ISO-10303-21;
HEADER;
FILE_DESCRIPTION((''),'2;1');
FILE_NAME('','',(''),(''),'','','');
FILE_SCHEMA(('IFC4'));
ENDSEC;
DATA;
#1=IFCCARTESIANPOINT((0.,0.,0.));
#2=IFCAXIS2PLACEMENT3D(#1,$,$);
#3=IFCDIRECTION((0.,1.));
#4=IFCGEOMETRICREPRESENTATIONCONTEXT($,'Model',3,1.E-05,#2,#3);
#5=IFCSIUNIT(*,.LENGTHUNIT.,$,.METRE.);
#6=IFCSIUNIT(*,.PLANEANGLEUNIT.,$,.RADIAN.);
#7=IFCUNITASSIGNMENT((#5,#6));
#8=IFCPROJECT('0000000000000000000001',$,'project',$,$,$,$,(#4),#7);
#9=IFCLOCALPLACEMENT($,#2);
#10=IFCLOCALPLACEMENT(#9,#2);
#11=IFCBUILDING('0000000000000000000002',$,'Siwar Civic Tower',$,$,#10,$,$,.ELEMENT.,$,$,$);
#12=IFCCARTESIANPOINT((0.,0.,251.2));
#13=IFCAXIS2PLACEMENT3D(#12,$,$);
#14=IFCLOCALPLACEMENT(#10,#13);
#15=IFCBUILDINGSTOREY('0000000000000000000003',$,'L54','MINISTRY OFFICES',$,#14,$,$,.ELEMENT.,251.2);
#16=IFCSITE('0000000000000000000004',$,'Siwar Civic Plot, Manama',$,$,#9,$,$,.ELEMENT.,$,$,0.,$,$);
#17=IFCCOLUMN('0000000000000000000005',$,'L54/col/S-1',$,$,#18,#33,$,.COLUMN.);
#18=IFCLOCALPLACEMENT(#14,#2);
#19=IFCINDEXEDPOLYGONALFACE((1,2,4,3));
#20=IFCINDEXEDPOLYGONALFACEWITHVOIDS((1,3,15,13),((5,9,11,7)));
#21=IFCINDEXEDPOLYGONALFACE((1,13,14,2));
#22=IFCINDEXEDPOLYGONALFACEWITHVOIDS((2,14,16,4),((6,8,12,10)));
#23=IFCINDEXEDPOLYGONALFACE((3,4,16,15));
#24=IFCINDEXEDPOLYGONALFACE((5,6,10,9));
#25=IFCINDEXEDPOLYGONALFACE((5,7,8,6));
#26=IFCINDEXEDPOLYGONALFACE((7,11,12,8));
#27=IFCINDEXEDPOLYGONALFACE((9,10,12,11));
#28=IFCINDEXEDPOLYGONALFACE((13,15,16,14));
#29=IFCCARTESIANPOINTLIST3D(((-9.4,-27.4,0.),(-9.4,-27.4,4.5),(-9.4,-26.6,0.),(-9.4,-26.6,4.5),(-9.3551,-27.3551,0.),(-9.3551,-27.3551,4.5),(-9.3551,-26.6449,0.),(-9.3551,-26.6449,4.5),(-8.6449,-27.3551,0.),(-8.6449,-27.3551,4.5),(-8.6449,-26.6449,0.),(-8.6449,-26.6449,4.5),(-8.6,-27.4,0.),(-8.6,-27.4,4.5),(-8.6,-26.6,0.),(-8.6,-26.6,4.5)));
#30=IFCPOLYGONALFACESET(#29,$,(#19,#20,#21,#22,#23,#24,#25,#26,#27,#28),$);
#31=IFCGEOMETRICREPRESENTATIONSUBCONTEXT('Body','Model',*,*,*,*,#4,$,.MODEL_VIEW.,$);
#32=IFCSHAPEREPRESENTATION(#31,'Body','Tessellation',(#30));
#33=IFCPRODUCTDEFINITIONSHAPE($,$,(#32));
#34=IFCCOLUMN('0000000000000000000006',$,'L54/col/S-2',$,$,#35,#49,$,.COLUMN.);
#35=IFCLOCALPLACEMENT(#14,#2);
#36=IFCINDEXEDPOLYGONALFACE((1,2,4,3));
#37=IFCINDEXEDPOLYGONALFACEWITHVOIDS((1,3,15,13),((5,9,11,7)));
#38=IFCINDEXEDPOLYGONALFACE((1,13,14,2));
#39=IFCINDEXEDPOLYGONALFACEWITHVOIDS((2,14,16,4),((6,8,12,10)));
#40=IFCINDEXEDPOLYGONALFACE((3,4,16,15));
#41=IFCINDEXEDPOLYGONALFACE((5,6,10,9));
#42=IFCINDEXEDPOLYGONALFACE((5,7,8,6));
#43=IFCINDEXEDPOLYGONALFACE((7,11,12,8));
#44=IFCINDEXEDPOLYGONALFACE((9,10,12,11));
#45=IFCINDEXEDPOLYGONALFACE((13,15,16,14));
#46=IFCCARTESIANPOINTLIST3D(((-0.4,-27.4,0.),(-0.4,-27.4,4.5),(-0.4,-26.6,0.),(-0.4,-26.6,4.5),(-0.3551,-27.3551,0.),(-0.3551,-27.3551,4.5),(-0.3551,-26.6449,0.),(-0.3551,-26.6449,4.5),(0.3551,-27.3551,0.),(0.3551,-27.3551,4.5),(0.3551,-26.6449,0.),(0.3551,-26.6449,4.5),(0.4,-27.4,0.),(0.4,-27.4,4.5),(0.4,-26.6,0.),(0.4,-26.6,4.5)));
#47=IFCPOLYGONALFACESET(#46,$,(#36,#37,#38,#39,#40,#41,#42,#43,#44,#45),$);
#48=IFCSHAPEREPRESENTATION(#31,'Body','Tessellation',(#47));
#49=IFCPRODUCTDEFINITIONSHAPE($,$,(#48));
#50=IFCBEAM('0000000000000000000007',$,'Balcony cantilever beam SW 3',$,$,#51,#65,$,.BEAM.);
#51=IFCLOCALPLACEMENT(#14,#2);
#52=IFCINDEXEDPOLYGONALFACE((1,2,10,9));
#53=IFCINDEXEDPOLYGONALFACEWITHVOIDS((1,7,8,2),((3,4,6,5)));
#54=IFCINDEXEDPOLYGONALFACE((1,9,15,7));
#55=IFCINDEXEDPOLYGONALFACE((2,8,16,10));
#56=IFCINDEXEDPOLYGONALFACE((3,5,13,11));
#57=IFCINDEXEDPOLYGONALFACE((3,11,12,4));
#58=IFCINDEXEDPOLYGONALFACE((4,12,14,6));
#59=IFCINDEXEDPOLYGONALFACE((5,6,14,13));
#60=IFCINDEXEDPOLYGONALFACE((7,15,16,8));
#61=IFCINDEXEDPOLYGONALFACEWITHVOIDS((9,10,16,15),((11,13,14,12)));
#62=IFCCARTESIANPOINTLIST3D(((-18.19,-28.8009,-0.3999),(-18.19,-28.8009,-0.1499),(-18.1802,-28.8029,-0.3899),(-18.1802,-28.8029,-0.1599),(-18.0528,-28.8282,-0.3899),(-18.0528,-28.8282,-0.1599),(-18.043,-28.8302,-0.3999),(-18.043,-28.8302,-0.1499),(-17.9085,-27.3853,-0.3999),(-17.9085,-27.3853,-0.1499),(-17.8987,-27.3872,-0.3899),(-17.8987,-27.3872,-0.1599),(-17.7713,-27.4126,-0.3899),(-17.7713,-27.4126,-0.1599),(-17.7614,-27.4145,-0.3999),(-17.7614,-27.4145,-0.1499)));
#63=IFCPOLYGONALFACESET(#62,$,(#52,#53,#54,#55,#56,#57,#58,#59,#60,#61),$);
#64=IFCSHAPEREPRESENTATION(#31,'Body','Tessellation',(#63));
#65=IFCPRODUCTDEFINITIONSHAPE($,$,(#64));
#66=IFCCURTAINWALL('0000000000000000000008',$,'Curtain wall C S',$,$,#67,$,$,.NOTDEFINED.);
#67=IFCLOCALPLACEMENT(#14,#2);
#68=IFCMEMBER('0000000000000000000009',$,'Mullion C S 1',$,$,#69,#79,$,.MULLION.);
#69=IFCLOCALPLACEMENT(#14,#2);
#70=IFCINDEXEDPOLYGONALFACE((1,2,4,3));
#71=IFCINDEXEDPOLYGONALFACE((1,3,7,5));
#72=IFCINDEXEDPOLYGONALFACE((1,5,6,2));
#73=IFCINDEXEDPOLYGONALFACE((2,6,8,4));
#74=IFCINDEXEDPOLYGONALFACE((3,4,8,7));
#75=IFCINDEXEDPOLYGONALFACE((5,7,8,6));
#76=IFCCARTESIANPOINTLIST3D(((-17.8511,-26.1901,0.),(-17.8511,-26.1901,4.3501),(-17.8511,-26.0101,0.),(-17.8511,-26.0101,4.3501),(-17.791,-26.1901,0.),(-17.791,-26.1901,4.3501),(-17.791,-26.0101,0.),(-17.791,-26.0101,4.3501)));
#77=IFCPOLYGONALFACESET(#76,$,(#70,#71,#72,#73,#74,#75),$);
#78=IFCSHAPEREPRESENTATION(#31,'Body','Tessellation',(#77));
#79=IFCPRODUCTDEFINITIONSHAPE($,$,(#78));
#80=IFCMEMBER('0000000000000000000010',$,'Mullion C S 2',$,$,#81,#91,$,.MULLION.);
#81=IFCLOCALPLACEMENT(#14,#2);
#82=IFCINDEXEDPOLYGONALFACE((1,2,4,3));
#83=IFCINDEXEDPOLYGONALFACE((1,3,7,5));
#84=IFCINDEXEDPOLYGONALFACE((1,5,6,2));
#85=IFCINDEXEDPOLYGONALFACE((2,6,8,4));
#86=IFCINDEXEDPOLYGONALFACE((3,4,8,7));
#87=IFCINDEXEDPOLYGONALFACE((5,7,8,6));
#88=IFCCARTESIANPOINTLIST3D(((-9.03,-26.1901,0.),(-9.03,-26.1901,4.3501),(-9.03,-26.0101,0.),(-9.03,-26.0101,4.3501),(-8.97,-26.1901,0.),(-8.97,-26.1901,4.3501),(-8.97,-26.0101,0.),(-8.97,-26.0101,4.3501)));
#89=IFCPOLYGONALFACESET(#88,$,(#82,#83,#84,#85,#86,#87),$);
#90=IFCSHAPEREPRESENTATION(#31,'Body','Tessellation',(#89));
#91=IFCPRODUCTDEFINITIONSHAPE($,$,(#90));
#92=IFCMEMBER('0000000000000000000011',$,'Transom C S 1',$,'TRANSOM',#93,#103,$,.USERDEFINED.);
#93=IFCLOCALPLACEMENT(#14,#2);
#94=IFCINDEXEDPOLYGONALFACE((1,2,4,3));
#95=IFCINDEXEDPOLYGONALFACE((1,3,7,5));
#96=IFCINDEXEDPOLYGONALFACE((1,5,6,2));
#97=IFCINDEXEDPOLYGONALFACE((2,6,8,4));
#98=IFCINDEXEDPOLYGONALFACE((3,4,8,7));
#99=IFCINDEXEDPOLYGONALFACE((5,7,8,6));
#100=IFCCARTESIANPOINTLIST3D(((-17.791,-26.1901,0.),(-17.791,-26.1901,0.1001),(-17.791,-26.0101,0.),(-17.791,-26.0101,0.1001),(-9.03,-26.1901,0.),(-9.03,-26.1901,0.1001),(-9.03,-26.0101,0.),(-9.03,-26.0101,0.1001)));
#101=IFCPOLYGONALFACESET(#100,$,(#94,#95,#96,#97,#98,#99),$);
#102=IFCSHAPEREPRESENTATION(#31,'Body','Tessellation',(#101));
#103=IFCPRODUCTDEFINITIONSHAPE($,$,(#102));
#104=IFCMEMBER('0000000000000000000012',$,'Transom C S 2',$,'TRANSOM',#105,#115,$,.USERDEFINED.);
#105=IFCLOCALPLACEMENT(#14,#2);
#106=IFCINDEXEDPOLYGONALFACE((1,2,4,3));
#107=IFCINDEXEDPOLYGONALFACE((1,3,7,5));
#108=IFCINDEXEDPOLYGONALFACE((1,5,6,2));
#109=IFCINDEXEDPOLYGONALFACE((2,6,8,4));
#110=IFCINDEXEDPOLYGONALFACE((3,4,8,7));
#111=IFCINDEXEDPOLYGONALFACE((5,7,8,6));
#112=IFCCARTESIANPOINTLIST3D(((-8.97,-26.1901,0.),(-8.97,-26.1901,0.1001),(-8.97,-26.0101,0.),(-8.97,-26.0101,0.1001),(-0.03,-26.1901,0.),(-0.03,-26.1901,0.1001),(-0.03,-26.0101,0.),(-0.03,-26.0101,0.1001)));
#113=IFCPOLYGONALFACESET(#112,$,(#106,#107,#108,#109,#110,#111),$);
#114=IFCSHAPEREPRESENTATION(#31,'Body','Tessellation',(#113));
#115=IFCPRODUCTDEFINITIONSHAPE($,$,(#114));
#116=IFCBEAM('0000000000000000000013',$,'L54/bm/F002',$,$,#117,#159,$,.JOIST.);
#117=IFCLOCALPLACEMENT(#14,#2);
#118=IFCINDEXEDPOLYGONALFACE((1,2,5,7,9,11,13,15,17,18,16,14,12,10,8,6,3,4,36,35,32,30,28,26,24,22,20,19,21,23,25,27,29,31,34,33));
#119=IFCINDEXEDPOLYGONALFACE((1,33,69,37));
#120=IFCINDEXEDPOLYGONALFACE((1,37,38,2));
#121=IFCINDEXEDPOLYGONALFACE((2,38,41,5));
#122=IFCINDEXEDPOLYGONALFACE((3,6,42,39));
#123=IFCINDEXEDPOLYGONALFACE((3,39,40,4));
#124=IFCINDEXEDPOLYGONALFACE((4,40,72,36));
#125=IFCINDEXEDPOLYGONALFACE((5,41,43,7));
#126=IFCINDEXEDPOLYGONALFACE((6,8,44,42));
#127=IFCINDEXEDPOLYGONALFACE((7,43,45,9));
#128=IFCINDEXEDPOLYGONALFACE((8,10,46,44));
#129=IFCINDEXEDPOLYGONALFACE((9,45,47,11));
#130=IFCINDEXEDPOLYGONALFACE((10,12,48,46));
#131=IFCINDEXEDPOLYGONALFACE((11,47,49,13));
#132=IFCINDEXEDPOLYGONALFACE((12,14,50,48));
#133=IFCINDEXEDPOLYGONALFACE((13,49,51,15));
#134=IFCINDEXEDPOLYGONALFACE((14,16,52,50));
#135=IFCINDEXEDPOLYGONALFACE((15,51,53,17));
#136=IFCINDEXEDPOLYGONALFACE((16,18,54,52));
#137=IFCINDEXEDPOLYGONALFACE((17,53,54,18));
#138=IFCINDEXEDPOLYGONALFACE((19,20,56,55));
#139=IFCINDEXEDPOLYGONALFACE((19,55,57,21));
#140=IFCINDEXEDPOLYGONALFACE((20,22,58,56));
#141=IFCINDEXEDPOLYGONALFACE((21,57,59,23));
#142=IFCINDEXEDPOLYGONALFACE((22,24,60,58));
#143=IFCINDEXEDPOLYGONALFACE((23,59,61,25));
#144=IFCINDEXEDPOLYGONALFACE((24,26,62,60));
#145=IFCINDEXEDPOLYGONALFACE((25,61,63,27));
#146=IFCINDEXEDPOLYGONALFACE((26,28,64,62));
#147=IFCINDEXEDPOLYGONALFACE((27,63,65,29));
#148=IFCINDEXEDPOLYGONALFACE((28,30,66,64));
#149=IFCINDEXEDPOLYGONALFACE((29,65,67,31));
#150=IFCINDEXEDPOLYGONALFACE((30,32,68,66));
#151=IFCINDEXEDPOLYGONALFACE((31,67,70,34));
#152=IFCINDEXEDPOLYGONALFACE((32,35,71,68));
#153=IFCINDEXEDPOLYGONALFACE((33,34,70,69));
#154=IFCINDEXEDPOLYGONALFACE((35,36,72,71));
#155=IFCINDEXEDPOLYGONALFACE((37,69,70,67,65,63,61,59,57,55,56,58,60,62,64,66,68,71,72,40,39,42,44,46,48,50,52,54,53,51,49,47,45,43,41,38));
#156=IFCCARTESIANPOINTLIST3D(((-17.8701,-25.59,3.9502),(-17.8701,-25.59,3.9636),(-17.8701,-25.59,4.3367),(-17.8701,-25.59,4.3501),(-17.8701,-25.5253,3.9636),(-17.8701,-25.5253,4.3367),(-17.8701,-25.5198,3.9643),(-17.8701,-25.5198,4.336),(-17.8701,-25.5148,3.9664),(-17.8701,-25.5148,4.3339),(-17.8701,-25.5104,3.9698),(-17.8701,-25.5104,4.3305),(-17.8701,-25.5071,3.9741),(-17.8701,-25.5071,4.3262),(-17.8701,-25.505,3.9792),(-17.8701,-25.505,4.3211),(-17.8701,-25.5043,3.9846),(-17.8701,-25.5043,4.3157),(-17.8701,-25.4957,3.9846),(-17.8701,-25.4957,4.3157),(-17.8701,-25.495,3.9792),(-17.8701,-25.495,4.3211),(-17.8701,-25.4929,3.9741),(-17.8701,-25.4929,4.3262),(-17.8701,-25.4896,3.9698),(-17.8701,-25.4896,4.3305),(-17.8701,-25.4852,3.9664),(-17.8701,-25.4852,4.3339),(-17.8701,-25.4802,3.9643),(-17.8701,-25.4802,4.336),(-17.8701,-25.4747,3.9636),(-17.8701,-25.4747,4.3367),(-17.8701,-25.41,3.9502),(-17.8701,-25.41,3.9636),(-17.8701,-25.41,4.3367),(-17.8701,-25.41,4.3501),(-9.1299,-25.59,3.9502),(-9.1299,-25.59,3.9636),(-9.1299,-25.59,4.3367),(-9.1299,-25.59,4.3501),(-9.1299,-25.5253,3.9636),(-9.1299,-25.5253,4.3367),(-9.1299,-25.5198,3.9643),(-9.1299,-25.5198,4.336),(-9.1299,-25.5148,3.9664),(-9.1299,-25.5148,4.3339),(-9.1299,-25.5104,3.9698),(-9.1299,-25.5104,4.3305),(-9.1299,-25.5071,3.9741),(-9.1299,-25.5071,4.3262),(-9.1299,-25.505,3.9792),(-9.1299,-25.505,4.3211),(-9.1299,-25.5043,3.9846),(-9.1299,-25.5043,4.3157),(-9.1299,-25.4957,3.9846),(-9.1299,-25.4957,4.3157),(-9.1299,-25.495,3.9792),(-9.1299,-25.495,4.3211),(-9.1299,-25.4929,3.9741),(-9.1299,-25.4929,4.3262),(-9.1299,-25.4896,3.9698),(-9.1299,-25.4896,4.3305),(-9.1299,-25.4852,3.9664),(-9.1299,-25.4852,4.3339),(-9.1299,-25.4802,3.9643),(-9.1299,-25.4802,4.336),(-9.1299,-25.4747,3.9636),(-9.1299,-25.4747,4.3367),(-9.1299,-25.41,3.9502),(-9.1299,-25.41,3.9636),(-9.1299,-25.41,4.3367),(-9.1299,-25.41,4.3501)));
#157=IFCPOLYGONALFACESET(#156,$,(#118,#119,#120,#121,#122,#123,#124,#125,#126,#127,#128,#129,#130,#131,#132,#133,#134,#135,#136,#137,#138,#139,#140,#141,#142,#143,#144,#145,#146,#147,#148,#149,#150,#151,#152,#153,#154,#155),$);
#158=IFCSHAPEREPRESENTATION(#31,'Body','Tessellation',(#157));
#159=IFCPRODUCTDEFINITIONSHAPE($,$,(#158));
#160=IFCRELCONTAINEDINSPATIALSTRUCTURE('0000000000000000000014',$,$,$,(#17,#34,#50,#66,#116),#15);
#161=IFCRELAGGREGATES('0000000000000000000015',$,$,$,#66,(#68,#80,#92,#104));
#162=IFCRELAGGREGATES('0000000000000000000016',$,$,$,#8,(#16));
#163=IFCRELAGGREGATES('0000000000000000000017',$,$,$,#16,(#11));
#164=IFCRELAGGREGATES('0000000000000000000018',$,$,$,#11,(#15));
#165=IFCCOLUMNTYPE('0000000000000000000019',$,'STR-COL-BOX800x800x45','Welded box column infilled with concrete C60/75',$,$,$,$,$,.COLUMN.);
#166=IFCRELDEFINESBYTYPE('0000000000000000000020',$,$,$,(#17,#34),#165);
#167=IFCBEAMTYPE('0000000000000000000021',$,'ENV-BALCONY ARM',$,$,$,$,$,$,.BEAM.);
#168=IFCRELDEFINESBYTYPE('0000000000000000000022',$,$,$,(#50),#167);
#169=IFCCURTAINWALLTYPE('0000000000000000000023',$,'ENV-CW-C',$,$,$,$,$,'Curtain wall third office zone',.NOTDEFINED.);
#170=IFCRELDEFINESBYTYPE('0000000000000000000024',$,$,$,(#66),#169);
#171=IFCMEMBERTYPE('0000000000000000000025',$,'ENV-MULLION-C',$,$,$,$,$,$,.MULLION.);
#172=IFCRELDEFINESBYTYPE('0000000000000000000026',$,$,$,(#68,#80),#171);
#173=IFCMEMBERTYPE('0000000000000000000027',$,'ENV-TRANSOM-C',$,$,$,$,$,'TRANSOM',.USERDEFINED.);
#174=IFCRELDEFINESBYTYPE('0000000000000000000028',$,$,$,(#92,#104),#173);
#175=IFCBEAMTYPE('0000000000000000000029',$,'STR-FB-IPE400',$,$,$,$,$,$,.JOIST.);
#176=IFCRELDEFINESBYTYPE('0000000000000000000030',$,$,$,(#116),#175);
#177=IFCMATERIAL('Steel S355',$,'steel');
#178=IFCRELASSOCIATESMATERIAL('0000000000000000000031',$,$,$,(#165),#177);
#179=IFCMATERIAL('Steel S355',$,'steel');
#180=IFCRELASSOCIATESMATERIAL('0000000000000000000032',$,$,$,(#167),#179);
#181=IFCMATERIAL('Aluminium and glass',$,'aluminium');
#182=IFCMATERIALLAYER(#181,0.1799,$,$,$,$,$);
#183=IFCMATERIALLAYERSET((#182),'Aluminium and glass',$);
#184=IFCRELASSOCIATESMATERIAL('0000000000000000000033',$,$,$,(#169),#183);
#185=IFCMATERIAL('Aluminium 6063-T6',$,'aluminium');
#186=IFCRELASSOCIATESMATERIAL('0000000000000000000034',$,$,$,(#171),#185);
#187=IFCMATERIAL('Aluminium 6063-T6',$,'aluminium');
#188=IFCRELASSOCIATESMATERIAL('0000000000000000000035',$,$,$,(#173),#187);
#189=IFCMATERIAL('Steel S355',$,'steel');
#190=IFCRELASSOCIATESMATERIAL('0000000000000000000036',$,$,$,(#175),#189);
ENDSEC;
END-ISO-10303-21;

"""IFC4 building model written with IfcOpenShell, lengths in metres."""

from ifc_helpers import new_model, si_unit, direction, frame, origin, origin_2d, place, context, subcontext, project, spatial, rectangle, hollow_rectangle, i_section, extrude, material, layer, layer_set, material_profile, profile_set, type_object, element, aggregate, save


model = new_model("IFC4")

# Units and contexts
model_context = context("Model", 3, precision=1e-05, world=origin(), true_north=direction((0.0, 1.0)))
body_context = subcontext(model_context, "Body", "Model", "MODEL_VIEW")
ifc_project = project(units=[si_unit("LENGTHUNIT", "METRE"), si_unit("PLANEANGLEUNIT", "RADIAN")], contexts=[model_context])

# Site, building, storey
site_placement = place(None, origin())
site = spatial("IfcSite", under=ifc_project, at=site_placement, Name="Siwar Civic Plot, Manama", CompositionType="ELEMENT", RefElevation=0.0)
building_placement = place(site_placement, origin())
building = spatial("IfcBuilding", under=site, at=building_placement, Name="Siwar Civic Tower", CompositionType="ELEMENT")
storey_placement = place(building_placement, frame((0.0, 0.0, 251.2)))
storey = spatial("IfcBuildingStorey", under=building, at=storey_placement, Name="L54", Description="MINISTRY OFFICES", CompositionType="ELEMENT", Elevation=251.2)

# Columns
ifc_material_1 = material(Name="Steel S355", Category="steel")
ifc_material_profile_1 = material_profile(ifc_material_1, hollow_rectangle(XDim=0.8, YDim=0.8, WallThickness=0.0449, at=origin_2d()), Name="BOX800x800x45")
ifc_profile_set_1 = profile_set([ifc_material_profile_1], Name="Steel S355")
column_type = type_object("IfcColumnType", Name="STR-COL-BOX800x800x45", Description="Welded box column infilled with concrete C60/75", PredefinedType="COLUMN", material=ifc_profile_set_1)
for number, where, z_axis, x_axis, name in (
    (1, (-9.0, -27.0, 0.0), (0.0, 0.0, 1.0), (1.0, 0.0, 0.0), "L54/col/S-1"),
    (2, (0.0, -27.0, 0.0), (0.0, 0.0, 1.0), (1.0, 0.0, 0.0), "L54/col/S-2"),
):
    element("IfcColumn", number, at=place(storey_placement, frame(where, z_axis=z_axis, x_axis=x_axis)), inside=storey, type_object=column_type, Name=name, PredefinedType="COLUMN", context=body_context, shape_type="SweptSolid", body=[
        extrude(hollow_rectangle(XDim=0.8, YDim=0.8, WallThickness=0.0449, at=origin_2d()), origin(), (0.0, 0.0, 1.0), 4.5),
    ])

# Beam
ifc_material_2 = material(Name="Steel S355", Category="steel")
ifc_material_profile_2 = material_profile(ifc_material_2, hollow_rectangle(XDim=0.1499, YDim=0.25, WallThickness=0.01, at=origin_2d()), Name="RHS250x150x10")
ifc_profile_set_2 = profile_set([ifc_material_profile_2], Name="Steel S355")
beam_type_1 = type_object("IfcBeamType", Name="ENV-BALCONY ARM", PredefinedType="BEAM", material=ifc_profile_set_2)
beam_1_placement = place(storey_placement, frame((-17.835, -27.3999, -0.2749), z_axis=(-0.195042, -0.980795, 0.0), x_axis=(0.980795, -0.195042, 0.0)))
element("IfcBeam", 3, at=beam_1_placement, inside=storey, type_object=beam_type_1, Name="Balcony cantilever beam SW 3", PredefinedType="BEAM", context=body_context, shape_type="SweptSolid", body=[
    extrude(hollow_rectangle(XDim=0.1499, YDim=0.25, WallThickness=0.01, at=origin_2d()), origin(), (0.0, 0.0, 1.0), 1.4434),
])

# Curtain wall, members
ifc_material_3 = material(Name="Aluminium and glass", Category="aluminium")
ifc_layer_1 = layer(ifc_material_3, 0.1799)
ifc_layer_set_1 = layer_set([ifc_layer_1], Name="Aluminium and glass")
curtain_wall_type = type_object("IfcCurtainWallType", Name="ENV-CW-C", ElementType="Curtain wall third office zone", PredefinedType="NOTDEFINED", material=ifc_layer_set_1)
curtain_wall_placement = place(storey_placement, origin())
curtain_wall = element("IfcCurtainWall", 4, at=curtain_wall_placement, inside=storey, type_object=curtain_wall_type, Name="Curtain wall C S", PredefinedType="NOTDEFINED")
ifc_material_4 = material(Name="Aluminium 6063-T6", Category="aluminium")
ifc_material_profile_3 = material_profile(ifc_material_4, rectangle(XDim=0.1799, YDim=0.0601, at=origin_2d()), Name="AL 180x60")
ifc_profile_set_3 = profile_set([ifc_material_profile_3], Name="Aluminium 6063-T6")
member_type_1 = type_object("IfcMemberType", Name="ENV-MULLION-C", PredefinedType="MULLION", material=ifc_profile_set_3)
member_1_placement = place(storey_placement, frame((-17.821, -26.1001, 0.0), z_axis=(0.0, 0.0, 1.0), x_axis=(0.0, 1.0, 0.0)))
member_1 = element("IfcMember", 5, at=member_1_placement, type_object=member_type_1, Name="Mullion C S 1", PredefinedType="MULLION", context=body_context, shape_type="SweptSolid", body=[
    extrude(rectangle(XDim=0.1799, YDim=0.0601, at=origin_2d()), origin(), (0.0, 0.0, 1.0), 4.3501),
])
member_2_placement = place(storey_placement, frame((-9.0, -26.1001, 0.0), z_axis=(0.0, 0.0, 1.0), x_axis=(0.0, 1.0, 0.0)))
member_2 = element("IfcMember", 6, at=member_2_placement, type_object=member_type_1, Name="Mullion C S 2", PredefinedType="MULLION", context=body_context, shape_type="SweptSolid", body=[
    extrude(rectangle(XDim=0.1799, YDim=0.0601, at=origin_2d()), origin(), (0.0, 0.0, 1.0), 4.3501),
])
ifc_material_5 = material(Name="Aluminium 6063-T6", Category="aluminium")
ifc_material_profile_4 = material_profile(ifc_material_5, rectangle(XDim=0.1799, YDim=0.1001, at=origin_2d()), Name="AL 180x100")
ifc_profile_set_4 = profile_set([ifc_material_profile_4], Name="Aluminium 6063-T6")
member_type_2 = type_object("IfcMemberType", Name="ENV-TRANSOM-C", ElementType="TRANSOM", PredefinedType="USERDEFINED", material=ifc_profile_set_4)
member_3_placement = place(storey_placement, frame((-17.791, -26.1001, 0.05), z_axis=(1.0, 0.0, 0.0), x_axis=(0.0, 1.0, 0.0)))
member_3 = element("IfcMember", 7, at=member_3_placement, type_object=member_type_2, Name="Transom C S 1", ObjectType="TRANSOM", PredefinedType="USERDEFINED", context=body_context, shape_type="SweptSolid", body=[
    extrude(rectangle(XDim=0.1799, YDim=0.1001, at=origin_2d()), origin(), (0.0, 0.0, 1.0), 8.761),
])
member_4_placement = place(storey_placement, frame((-8.97, -26.1001, 0.05), z_axis=(1.0, 0.0, 0.0), x_axis=(0.0, 1.0, 0.0)))
member_4 = element("IfcMember", 8, at=member_4_placement, type_object=member_type_2, Name="Transom C S 2", ObjectType="TRANSOM", PredefinedType="USERDEFINED", context=body_context, shape_type="SweptSolid", body=[
    extrude(rectangle(XDim=0.1799, YDim=0.1001, at=origin_2d()), origin(), (0.0, 0.0, 1.0), 8.9399),
])

# Beam
ifc_material_6 = material(Name="Steel S355", Category="steel")
ifc_material_profile_5 = material_profile(ifc_material_6, i_section(OverallWidth=0.1799, OverallDepth=0.3999, WebThickness=0.0085, FlangeThickness=0.0134, FilletRadius=0.021, at=origin_2d()), Name="IPE400")
ifc_profile_set_5 = profile_set([ifc_material_profile_5], Name="Steel S355")
beam_type_2 = type_object("IfcBeamType", Name="STR-FB-IPE400", PredefinedType="JOIST", material=ifc_profile_set_5)
for number, where, z_axis, x_axis, name in (
    (9, (-17.8701, -25.5, 4.1501), (1.0, 0.0, 0.0), (0.0, 1.0, 0.0), "L54/bm/F002"),
):
    element("IfcBeam", number, at=place(storey_placement, frame(where, z_axis=z_axis, x_axis=x_axis)), inside=storey, type_object=beam_type_2, Name=name, PredefinedType="JOIST", context=body_context, shape_type="SweptSolid", body=[
        extrude(i_section(OverallWidth=0.1799, OverallDepth=0.3999, WebThickness=0.0085, FlangeThickness=0.0134, FilletRadius=0.021, at=origin_2d()), origin(), (0.0, 0.0, 1.0), 8.7402),
    ])

aggregate(curtain_wall, [member_1, member_2, member_3, member_4])

save(model, "model.ifc")
